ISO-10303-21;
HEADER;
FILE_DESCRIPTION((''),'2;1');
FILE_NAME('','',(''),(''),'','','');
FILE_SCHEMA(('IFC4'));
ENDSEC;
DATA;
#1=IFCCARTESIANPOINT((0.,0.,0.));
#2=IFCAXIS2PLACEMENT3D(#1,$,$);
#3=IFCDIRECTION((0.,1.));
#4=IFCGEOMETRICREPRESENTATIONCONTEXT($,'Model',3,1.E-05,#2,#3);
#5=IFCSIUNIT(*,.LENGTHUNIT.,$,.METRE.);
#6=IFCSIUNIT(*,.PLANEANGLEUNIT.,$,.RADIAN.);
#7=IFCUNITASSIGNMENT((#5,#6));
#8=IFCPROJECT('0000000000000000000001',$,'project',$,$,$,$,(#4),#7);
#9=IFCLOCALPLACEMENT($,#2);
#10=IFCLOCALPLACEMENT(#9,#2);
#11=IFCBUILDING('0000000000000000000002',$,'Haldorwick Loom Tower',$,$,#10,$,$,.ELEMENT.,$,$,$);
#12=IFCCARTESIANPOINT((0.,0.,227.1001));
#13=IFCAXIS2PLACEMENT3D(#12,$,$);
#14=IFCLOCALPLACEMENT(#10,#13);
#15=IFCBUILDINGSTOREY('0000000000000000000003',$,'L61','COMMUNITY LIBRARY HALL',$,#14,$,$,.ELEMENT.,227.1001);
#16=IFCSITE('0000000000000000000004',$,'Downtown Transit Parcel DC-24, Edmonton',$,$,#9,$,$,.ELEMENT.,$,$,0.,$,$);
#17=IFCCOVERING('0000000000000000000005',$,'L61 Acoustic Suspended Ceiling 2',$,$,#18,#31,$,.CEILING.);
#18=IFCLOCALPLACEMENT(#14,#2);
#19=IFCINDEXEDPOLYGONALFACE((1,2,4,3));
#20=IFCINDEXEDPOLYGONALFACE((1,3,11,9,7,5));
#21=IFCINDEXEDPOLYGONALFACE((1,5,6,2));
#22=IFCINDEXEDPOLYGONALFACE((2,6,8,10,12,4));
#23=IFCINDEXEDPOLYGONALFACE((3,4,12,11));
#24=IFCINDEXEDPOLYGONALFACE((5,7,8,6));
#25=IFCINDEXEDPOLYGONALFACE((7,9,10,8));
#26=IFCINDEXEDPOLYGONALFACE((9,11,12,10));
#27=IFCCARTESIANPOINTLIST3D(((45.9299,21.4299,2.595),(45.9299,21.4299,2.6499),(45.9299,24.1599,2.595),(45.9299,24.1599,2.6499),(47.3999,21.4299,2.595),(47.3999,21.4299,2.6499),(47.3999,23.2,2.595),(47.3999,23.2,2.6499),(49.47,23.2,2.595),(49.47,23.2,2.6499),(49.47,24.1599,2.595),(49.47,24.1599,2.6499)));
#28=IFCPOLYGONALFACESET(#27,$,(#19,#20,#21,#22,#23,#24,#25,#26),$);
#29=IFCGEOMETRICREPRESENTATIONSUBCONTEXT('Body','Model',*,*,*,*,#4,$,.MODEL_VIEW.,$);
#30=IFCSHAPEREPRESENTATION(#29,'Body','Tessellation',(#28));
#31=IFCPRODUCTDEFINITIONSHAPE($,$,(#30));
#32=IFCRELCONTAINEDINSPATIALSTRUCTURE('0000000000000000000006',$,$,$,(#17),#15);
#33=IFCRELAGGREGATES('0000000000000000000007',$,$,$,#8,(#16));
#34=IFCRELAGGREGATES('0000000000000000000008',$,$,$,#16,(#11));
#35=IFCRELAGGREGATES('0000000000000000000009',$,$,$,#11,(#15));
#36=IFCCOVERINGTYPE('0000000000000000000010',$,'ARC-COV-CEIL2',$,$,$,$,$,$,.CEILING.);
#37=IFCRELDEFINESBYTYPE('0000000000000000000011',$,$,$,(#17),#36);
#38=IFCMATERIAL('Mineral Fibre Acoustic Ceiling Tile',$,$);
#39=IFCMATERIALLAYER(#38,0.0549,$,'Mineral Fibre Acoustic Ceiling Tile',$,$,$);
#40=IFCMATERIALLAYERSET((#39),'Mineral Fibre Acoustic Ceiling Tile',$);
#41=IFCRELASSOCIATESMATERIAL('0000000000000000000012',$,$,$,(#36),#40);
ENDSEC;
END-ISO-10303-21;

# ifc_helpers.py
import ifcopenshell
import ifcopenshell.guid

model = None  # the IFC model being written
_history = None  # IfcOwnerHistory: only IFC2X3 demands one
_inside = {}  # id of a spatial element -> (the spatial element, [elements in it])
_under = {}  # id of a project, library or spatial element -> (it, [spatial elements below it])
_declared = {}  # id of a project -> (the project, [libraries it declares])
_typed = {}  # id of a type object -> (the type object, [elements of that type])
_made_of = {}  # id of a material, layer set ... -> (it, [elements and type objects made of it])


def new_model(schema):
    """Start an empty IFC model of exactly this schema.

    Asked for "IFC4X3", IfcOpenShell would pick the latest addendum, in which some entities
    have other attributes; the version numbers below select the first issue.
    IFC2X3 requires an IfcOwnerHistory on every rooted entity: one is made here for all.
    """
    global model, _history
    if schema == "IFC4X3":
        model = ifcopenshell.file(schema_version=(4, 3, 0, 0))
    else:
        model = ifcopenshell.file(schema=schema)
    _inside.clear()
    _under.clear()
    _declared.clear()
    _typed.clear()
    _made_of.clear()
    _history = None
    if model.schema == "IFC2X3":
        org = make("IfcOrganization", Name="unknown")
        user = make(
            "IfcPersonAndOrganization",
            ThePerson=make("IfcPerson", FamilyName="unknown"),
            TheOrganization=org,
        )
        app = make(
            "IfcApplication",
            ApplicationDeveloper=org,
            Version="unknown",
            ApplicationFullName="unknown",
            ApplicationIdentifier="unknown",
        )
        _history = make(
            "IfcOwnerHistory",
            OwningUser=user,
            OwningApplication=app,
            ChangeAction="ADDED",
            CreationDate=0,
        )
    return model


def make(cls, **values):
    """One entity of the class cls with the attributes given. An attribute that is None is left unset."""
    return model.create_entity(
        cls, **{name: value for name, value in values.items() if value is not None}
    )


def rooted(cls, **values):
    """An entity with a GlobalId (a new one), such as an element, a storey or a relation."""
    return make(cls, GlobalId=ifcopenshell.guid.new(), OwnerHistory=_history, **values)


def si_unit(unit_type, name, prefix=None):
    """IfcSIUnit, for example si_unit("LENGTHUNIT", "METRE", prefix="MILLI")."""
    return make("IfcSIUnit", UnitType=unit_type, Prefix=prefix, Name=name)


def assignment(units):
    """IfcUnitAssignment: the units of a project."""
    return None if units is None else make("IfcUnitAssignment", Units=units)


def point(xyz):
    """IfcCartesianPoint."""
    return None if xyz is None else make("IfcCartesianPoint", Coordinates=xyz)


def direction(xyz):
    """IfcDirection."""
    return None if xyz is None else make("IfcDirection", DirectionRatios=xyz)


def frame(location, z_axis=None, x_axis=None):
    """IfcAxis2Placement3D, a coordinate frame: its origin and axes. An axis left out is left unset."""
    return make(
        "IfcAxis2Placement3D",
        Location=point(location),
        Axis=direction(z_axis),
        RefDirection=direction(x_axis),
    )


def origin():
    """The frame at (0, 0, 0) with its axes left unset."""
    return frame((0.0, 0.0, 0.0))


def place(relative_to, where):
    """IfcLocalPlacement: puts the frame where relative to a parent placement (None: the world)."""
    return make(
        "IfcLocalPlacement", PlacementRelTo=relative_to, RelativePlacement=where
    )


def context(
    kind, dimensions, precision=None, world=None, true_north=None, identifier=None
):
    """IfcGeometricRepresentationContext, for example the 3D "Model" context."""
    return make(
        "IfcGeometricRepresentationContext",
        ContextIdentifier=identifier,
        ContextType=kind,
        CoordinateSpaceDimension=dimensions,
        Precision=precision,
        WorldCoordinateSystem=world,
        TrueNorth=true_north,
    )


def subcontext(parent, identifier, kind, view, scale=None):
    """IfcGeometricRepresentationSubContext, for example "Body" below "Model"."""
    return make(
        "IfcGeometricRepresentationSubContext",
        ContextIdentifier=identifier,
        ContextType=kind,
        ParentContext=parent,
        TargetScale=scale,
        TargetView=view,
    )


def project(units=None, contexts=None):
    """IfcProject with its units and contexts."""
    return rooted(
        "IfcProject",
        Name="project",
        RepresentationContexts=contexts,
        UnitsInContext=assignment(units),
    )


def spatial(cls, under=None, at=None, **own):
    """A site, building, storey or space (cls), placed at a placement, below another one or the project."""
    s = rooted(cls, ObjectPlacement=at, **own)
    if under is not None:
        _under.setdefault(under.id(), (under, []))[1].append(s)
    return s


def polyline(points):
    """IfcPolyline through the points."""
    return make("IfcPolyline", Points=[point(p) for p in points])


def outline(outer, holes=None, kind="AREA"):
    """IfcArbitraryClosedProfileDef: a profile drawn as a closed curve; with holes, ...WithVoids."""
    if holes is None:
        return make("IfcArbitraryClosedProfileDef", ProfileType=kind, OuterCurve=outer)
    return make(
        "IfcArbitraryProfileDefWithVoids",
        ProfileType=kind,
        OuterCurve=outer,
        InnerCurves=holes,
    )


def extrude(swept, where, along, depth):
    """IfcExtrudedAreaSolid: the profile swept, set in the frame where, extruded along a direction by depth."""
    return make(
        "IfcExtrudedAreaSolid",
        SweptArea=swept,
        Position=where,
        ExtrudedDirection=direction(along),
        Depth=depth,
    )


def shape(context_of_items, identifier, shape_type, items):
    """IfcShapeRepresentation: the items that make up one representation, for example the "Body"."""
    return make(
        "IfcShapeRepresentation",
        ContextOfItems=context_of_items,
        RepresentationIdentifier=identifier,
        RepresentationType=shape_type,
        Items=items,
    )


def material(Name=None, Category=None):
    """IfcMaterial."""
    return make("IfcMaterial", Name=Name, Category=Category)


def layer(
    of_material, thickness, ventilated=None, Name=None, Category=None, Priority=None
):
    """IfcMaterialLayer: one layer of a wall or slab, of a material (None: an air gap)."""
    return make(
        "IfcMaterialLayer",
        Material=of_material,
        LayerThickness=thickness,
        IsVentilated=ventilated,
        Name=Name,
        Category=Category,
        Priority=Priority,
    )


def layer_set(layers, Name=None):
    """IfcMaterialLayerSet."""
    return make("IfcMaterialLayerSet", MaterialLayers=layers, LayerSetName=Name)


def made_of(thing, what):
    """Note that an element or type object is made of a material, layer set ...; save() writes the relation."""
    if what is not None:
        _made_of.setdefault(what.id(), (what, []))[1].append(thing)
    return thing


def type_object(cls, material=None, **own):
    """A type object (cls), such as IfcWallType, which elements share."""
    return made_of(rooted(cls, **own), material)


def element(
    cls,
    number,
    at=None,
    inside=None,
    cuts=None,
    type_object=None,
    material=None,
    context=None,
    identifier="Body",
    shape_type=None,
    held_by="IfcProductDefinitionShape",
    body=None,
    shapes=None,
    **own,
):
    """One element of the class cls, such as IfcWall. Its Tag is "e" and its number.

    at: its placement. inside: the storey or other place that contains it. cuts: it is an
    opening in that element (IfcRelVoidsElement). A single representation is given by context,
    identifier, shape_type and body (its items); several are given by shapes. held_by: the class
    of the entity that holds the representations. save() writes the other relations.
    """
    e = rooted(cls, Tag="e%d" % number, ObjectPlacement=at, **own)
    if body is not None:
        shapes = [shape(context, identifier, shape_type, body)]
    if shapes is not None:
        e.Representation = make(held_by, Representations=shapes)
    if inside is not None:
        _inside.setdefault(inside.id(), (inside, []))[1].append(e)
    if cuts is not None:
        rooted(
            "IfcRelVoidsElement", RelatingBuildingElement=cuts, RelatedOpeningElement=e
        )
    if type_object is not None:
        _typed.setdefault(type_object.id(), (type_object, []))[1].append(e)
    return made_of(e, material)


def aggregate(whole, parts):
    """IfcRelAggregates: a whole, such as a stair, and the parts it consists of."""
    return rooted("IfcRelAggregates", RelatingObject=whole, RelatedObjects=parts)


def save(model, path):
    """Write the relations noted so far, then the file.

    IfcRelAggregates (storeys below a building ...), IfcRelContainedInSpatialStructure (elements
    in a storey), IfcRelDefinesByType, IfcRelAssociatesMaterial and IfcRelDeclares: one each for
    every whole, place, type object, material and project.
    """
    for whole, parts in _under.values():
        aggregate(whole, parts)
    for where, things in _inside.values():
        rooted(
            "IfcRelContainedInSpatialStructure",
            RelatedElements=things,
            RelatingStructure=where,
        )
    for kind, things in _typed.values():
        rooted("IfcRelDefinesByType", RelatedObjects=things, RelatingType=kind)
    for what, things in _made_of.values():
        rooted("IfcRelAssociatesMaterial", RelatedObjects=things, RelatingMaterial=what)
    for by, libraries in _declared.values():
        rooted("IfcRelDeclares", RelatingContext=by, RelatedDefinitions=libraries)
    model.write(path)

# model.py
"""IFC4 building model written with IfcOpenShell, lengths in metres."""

from ifc_helpers import new_model, si_unit, direction, frame, origin, place, context, subcontext, project, spatial, polyline, outline, extrude, material, layer, layer_set, type_object, element, save


model = new_model("IFC4")

# Units and contexts
model_context = context("Model", 3, precision=1e-05, world=origin(), true_north=direction((0.0, 1.0)))
body_context = subcontext(model_context, "Body", "Model", "MODEL_VIEW")
ifc_project = project(units=[si_unit("LENGTHUNIT", "METRE"), si_unit("PLANEANGLEUNIT", "RADIAN")], contexts=[model_context])

# Site, building, storey
site_placement = place(None, origin())
site = spatial("IfcSite", under=ifc_project, at=site_placement, Name="Downtown Transit Parcel DC-24, Edmonton", CompositionType="ELEMENT", RefElevation=0.0)
building_placement = place(site_placement, origin())
building = spatial("IfcBuilding", under=site, at=building_placement, Name="Haldorwick Loom Tower", CompositionType="ELEMENT")
storey_placement = place(building_placement, frame((0.0, 0.0, 227.1001)))
storey = spatial("IfcBuildingStorey", under=building, at=storey_placement, Name="L61", Description="COMMUNITY LIBRARY HALL", CompositionType="ELEMENT", Elevation=227.1001)

# Covering
ifc_material_1 = material(Name="Mineral Fibre Acoustic Ceiling Tile")
ifc_layer_1 = layer(ifc_material_1, 0.0549, Name="Mineral Fibre Acoustic Ceiling Tile")
ifc_layer_set_1 = layer_set([ifc_layer_1], Name="Mineral Fibre Acoustic Ceiling Tile")
covering_type_1 = type_object("IfcCoveringType", Name="ARC-COV-CEIL2", PredefinedType="CEILING", material=ifc_layer_set_1)
covering_1_placement = place(storey_placement, frame((0.0, 0.0, 2.595)))
element("IfcCovering", 1, at=covering_1_placement, inside=storey, type_object=covering_type_1, Name="L61 Acoustic Suspended Ceiling 2", PredefinedType="CEILING", context=body_context, shape_type="SweptSolid", body=[
    extrude(outline(polyline([(45.9299, 24.1599), (45.9299, 21.4299), (47.3999, 21.4299), (47.3999, 23.2), (49.47, 23.2), (49.47, 24.1599), (45.9299, 24.1599)])), origin(), (0.0, 0.0, 1.0), 0.0549),
])

save(model, "model.ifc")
